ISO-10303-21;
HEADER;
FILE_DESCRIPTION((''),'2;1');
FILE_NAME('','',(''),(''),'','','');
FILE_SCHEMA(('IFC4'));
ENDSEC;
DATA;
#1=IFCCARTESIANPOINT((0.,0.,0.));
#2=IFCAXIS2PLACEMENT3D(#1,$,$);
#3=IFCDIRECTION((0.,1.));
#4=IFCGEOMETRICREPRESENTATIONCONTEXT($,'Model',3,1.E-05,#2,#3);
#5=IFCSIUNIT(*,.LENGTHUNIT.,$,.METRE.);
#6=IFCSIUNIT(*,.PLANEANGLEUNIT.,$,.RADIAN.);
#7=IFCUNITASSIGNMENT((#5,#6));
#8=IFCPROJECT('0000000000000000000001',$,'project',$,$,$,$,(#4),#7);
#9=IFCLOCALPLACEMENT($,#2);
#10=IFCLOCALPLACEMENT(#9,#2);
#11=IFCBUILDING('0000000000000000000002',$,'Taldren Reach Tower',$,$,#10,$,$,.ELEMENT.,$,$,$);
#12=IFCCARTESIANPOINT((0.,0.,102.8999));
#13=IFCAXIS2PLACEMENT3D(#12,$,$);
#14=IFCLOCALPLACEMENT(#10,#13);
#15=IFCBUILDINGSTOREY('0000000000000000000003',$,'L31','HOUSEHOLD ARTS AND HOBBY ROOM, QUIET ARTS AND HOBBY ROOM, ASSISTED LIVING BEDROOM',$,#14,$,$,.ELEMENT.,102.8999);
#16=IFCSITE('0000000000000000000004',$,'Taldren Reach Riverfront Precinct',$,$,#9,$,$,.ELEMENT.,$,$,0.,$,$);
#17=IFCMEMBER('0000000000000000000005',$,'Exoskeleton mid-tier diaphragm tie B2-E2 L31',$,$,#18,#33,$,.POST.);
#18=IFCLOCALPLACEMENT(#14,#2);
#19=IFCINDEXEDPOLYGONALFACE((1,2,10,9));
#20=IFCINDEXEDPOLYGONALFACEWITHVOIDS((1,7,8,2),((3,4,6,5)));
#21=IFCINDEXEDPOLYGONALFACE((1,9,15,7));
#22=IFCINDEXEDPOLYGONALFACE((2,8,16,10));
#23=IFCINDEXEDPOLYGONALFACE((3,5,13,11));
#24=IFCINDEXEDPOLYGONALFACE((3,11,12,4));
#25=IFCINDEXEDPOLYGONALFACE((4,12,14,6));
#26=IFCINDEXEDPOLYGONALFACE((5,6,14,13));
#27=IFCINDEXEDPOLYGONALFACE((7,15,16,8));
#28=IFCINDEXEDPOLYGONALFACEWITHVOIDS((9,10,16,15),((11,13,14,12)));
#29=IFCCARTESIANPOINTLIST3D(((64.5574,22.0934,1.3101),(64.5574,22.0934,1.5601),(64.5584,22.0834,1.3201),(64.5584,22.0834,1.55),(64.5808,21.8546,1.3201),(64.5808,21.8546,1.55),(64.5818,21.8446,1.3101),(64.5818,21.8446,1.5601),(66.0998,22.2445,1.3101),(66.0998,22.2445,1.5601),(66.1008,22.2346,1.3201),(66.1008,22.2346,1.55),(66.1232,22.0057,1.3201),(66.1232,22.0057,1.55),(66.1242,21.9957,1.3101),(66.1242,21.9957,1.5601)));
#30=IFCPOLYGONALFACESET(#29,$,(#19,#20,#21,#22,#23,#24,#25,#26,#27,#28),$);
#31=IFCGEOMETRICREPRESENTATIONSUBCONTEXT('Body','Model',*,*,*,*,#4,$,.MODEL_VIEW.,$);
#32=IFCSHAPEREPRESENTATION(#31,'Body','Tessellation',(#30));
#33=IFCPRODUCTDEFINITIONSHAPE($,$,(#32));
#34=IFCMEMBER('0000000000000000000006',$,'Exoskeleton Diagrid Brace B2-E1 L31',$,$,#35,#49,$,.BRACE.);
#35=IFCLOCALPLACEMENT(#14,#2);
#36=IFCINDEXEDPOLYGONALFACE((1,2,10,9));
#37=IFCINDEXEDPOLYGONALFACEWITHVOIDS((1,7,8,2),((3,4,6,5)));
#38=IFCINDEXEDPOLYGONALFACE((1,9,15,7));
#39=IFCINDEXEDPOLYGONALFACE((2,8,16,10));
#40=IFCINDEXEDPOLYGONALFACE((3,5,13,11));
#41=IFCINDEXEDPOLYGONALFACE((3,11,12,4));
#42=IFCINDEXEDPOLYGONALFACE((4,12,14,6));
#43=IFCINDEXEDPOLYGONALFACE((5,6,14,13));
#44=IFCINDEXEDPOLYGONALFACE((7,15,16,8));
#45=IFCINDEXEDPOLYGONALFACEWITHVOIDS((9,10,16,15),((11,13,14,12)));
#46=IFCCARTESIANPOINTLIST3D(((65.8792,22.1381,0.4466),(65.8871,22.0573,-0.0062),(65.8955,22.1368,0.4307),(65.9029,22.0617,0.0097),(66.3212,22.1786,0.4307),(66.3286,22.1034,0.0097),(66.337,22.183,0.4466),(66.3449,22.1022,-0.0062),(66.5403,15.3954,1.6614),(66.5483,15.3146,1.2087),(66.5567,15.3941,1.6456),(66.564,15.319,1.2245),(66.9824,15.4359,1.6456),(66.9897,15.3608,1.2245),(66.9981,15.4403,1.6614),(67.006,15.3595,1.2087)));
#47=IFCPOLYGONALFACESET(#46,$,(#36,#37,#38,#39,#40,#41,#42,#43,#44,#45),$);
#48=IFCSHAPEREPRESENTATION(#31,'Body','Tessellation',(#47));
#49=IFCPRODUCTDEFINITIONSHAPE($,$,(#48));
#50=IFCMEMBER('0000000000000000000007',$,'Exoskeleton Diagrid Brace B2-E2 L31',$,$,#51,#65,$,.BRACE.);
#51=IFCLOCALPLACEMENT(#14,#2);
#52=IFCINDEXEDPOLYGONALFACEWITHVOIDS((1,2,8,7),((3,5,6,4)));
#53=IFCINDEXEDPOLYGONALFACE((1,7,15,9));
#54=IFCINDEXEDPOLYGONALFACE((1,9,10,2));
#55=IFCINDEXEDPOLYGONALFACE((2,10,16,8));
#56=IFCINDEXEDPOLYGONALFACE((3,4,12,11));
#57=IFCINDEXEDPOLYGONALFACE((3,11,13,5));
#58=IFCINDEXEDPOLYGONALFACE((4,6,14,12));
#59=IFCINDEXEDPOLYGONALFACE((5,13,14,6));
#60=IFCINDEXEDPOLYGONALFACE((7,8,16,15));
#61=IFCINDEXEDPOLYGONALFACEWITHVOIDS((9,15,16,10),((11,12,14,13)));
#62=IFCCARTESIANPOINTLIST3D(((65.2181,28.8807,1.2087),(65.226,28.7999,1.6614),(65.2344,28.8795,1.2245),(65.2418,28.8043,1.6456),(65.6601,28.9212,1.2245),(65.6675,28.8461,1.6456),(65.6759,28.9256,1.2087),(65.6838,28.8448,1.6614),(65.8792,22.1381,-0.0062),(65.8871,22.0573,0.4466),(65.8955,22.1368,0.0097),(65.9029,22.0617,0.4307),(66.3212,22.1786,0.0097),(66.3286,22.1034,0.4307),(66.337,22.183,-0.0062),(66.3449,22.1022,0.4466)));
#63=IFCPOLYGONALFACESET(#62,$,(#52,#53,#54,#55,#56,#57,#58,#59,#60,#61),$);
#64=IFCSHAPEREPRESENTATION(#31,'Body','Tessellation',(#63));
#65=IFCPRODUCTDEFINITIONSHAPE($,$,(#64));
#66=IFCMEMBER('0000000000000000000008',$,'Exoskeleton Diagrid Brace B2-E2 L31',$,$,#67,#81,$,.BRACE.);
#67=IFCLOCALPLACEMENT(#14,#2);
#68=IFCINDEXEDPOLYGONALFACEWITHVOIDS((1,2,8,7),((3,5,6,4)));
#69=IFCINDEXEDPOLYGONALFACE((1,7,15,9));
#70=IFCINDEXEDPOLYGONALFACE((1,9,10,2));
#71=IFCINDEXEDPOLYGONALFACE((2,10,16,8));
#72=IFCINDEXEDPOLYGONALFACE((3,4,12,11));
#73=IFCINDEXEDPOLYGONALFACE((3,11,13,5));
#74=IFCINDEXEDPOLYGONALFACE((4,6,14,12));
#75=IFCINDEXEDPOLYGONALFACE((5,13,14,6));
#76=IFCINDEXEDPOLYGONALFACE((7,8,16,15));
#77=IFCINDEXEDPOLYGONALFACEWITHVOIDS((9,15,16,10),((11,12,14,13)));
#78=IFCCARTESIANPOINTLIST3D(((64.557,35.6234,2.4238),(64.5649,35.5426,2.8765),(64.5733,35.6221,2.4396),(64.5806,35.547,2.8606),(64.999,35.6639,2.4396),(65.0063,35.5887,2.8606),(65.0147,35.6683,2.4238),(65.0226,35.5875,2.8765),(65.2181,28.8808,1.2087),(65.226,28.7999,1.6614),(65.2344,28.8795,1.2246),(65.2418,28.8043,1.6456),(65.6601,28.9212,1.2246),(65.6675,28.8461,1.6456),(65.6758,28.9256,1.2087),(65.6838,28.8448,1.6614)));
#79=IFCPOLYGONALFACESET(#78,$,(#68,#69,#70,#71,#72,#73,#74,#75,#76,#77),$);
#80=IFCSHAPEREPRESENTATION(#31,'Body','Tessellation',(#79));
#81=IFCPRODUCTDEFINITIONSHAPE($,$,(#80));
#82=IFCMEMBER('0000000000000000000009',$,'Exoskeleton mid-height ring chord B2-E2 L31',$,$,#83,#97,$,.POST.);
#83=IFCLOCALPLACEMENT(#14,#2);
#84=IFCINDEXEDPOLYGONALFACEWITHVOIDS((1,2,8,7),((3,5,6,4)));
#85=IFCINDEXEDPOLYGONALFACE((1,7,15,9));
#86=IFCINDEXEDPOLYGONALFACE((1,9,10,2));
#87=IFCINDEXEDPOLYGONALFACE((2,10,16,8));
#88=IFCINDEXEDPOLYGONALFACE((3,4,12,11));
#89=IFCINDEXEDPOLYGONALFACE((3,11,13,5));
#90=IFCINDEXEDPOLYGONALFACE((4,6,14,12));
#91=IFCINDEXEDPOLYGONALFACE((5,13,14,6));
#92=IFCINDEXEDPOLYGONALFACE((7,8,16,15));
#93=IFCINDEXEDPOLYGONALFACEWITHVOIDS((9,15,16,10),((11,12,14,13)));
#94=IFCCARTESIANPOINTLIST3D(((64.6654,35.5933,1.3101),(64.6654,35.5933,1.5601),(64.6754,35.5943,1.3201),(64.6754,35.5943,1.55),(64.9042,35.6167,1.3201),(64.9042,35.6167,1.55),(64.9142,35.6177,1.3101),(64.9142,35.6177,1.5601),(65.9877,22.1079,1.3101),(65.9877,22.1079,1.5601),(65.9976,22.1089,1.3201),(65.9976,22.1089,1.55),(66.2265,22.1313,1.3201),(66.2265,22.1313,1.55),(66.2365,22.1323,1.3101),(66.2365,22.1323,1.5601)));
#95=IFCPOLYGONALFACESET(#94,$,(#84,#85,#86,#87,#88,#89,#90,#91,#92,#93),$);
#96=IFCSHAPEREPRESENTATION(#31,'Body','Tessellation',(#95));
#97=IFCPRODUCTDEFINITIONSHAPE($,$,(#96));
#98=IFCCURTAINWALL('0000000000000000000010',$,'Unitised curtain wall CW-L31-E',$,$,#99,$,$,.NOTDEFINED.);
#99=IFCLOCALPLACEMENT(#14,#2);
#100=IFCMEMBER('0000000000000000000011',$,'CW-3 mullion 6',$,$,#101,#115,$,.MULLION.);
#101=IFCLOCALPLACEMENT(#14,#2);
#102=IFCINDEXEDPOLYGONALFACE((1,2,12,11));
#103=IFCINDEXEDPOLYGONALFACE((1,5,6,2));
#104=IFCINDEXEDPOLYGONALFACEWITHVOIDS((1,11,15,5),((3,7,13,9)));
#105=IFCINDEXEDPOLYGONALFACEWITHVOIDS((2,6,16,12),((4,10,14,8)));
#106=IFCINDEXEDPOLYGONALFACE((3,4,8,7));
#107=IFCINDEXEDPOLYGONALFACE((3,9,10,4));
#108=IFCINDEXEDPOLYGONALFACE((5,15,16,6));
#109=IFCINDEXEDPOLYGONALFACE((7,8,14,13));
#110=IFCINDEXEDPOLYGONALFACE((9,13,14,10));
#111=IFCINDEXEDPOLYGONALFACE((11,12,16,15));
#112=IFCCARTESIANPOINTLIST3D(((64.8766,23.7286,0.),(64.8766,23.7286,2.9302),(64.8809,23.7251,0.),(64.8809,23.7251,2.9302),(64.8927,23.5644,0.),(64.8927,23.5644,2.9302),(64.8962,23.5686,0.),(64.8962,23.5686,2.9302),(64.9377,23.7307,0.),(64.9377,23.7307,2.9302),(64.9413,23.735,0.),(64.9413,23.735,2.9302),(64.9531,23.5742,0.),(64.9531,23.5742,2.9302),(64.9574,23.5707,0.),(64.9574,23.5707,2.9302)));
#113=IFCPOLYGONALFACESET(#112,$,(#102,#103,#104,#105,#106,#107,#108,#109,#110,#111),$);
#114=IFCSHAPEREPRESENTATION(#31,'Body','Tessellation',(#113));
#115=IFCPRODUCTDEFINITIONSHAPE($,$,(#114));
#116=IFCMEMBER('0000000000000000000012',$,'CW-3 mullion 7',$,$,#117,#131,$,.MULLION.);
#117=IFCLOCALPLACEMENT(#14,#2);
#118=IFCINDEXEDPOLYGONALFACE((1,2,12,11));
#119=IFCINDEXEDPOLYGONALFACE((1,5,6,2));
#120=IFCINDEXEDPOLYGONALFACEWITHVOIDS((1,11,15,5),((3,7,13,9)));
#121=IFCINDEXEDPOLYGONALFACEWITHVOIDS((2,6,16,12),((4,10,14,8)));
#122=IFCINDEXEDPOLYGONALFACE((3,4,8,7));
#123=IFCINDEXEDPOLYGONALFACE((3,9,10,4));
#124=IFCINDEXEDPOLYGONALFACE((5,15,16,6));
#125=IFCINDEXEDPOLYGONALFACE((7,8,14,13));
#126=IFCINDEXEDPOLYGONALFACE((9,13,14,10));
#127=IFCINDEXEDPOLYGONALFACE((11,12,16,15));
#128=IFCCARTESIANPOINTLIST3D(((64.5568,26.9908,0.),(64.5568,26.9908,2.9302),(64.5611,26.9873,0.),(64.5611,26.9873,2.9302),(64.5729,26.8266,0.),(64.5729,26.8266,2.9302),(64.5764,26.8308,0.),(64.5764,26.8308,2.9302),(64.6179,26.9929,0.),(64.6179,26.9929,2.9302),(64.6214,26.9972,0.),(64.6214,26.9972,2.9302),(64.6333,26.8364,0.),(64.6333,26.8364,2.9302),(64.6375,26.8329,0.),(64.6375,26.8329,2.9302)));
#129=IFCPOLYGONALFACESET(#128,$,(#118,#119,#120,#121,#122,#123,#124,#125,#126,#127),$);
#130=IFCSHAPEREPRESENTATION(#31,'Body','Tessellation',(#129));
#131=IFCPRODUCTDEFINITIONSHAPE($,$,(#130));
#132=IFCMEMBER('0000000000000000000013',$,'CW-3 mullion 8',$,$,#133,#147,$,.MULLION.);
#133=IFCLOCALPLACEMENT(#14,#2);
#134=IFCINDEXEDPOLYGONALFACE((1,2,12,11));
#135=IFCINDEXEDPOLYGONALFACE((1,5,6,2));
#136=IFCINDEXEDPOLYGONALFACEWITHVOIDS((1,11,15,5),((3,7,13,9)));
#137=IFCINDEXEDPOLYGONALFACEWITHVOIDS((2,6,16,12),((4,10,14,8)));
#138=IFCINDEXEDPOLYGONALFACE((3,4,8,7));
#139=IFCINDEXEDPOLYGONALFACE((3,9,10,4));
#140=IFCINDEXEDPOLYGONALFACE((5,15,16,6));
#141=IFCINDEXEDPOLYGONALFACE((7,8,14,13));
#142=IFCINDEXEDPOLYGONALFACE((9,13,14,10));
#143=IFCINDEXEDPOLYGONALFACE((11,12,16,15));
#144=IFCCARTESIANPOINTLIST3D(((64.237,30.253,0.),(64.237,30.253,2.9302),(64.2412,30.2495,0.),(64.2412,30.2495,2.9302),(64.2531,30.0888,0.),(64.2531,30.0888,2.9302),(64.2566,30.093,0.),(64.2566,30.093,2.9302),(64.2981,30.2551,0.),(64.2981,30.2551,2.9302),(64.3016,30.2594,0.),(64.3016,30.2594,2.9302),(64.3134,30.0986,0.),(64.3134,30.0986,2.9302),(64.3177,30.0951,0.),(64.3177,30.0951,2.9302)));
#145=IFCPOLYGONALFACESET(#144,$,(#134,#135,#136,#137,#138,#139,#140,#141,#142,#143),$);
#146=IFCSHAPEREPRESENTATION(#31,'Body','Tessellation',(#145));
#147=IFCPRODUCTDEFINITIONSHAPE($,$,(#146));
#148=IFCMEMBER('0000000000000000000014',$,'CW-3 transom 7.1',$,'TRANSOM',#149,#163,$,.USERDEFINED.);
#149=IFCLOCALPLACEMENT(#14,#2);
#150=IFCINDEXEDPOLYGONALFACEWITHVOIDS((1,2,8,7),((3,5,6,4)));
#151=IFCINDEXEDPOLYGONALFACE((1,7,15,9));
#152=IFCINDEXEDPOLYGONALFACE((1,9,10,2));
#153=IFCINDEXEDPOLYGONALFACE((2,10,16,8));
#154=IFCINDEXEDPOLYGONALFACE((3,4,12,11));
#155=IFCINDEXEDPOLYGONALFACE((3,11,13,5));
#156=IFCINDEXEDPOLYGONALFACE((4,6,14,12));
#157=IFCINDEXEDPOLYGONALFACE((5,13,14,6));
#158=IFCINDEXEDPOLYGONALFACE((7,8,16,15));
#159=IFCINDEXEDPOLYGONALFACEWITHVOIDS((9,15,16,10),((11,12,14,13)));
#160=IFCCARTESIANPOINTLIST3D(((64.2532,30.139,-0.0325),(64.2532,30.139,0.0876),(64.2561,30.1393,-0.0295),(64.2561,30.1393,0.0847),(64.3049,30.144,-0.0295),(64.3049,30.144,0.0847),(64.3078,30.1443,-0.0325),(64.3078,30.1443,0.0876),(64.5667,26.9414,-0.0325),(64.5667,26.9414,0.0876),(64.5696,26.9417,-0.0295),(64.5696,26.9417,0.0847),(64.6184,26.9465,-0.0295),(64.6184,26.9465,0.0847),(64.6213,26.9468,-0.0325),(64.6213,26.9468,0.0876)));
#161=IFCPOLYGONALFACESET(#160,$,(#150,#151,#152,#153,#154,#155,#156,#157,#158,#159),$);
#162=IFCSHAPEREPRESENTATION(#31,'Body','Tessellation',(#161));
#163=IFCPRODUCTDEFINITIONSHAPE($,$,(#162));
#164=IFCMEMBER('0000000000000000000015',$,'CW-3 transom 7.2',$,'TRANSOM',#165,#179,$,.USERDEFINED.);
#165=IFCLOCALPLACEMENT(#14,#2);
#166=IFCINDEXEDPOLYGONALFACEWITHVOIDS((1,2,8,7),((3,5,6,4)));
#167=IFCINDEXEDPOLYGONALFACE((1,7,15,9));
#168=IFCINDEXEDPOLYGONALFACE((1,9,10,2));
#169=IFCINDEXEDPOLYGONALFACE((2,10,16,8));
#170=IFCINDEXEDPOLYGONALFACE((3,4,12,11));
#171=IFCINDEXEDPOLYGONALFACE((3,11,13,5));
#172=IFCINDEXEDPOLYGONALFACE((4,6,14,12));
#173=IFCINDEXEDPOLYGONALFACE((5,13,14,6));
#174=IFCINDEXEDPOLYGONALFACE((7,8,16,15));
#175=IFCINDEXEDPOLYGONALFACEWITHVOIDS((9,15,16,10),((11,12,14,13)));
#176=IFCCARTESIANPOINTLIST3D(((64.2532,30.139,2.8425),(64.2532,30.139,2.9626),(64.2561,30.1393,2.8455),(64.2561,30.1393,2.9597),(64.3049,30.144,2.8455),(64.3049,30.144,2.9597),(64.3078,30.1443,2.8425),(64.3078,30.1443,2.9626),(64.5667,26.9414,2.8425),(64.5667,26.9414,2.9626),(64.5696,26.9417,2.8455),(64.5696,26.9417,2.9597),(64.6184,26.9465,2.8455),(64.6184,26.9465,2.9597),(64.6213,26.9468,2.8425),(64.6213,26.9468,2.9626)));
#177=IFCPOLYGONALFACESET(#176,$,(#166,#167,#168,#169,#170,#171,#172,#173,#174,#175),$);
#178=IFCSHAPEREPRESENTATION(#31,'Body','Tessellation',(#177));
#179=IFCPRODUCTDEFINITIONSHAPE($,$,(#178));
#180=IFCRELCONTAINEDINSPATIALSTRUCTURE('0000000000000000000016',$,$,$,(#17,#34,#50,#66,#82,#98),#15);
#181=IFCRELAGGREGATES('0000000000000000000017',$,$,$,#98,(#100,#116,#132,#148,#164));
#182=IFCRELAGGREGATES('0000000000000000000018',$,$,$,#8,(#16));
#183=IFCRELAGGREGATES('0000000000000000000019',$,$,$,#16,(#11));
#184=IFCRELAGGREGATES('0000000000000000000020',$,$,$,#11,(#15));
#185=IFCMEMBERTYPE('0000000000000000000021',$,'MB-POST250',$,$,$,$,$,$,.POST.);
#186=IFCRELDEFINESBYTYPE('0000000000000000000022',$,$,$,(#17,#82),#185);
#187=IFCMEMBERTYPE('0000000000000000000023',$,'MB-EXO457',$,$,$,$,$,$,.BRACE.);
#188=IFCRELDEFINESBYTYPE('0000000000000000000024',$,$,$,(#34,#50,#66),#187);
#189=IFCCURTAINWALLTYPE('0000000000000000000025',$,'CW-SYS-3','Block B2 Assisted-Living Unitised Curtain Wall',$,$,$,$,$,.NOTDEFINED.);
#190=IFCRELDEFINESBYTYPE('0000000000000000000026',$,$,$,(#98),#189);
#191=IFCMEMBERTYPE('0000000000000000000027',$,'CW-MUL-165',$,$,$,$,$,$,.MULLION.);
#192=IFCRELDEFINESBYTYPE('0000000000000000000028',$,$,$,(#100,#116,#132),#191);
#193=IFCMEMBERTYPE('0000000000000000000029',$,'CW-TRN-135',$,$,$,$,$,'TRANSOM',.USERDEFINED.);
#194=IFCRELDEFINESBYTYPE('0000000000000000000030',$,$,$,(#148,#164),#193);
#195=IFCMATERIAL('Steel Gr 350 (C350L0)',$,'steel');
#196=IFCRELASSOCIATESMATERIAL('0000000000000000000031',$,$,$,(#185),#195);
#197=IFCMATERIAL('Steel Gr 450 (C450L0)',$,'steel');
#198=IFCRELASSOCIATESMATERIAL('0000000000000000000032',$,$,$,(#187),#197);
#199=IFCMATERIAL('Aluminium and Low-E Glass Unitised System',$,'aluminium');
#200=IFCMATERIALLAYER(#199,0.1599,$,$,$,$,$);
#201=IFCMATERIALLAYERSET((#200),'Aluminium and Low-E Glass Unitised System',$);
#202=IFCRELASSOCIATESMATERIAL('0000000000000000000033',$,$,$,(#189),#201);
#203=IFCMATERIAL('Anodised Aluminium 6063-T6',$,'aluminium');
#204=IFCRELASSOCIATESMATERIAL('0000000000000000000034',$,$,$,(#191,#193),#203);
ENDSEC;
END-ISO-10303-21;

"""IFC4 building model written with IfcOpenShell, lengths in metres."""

from ifc_helpers import new_model, si_unit, direction, frame, origin, origin_2d, place, context, subcontext, project, spatial, hollow_rectangle, extrude, source, transform, mapped, material, layer, layer_set, material_profile, profile_set, type_object, element, aggregate, save


model = new_model("IFC4")

# Units and contexts
model_context = context("Model", 3, precision=1e-05, world=origin(), true_north=direction((0.0, 1.0)))
body_context = subcontext(model_context, "Body", "Model", "MODEL_VIEW")
ifc_project = project(units=[si_unit("LENGTHUNIT", "METRE"), si_unit("PLANEANGLEUNIT", "RADIAN")], contexts=[model_context])

# Site, building, storey
site_placement = place(None, origin())
site = spatial("IfcSite", under=ifc_project, at=site_placement, Name="Taldren Reach Riverfront Precinct", CompositionType="ELEMENT", RefElevation=0.0)
building_placement = place(site_placement, origin())
building = spatial("IfcBuilding", under=site, at=building_placement, Name="Taldren Reach Tower", CompositionType="ELEMENT")
storey_placement = place(building_placement, frame((0.0, 0.0, 102.8999)))
storey = spatial("IfcBuildingStorey", under=building, at=storey_placement, Name="L31", Description="HOUSEHOLD ARTS AND HOBBY ROOM, QUIET ARTS AND HOBBY ROOM, ASSISTED LIVING BEDROOM", CompositionType="ELEMENT", Elevation=102.8999)

# Members
ifc_material_1 = material(Name="Steel Gr 350 (C350L0)", Category="steel")
ifc_material_profile_1 = material_profile(ifc_material_1, hollow_rectangle(XDim=0.25, YDim=0.25, WallThickness=0.01, at=origin_2d()), Name="250x250x10.0SHS")
ifc_profile_set_1 = profile_set([ifc_material_profile_1], Name="Steel Gr 350 (C350L0)")
member_type_1 = type_object("IfcMemberType", Name="MB-POST250", PredefinedType="POST", material=ifc_profile_set_1)
shared_shape_1 = source(origin(), body_context, "Body", "SweptSolid", [
    extrude(hollow_rectangle(XDim=0.25, YDim=0.25, WallThickness=0.01, at=origin_2d()), origin(), (0.0, 0.0, 1.0), 1.5498),
])
member_1_placement = place(storey_placement, frame((64.5696, 21.969, 1.4351), z_axis=(0.995235, 0.097507, 0.0), x_axis=(-0.097507, 0.995235, 0.0)))
element("IfcMember", 1, at=member_1_placement, inside=storey, type_object=member_type_1, Name="Exoskeleton mid-tier diaphragm tie B2-E2 L31", PredefinedType="POST", context=body_context, shape_type="MappedRepresentation", body=[
    mapped(shared_shape_1, transform((0.0, 0.0, 0.0), scale=1.0)),
])
ifc_material_2 = material(Name="Steel Gr 450 (C450L0)", Category="steel")
ifc_material_profile_2 = material_profile(ifc_material_2, hollow_rectangle(XDim=0.46, YDim=0.46, WallThickness=0.0161, at=origin_2d()), Name="460x460x16.0SHS")
ifc_profile_set_2 = profile_set([ifc_material_profile_2], Name="Steel Gr 450 (C450L0)")
member_type_2 = type_object("IfcMemberType", Name="MB-EXO457", PredefinedType="BRACE", material=ifc_profile_set_2)
shared_shape_2 = source(origin(), body_context, "Body", "SweptSolid", [
    extrude(hollow_rectangle(XDim=0.46, YDim=0.46, WallThickness=0.0161, at=origin_2d()), origin(), (0.0, 0.0, 1.0), 6.8831),
])
for number, where, z_axis, x_axis, name in (
    (2, (66.1121, 22.1201, 0.2202), (0.096052, -0.979603, 0.176497), (0.995227, 0.097584, 0.0), "Exoskeleton Diagrid Brace B2-E1 L31"),
    (3, (66.1121, 22.1201, 0.2202), (-0.096052, 0.979603, 0.176497), (-0.995227, -0.097584, 0.0), "Exoskeleton Diagrid Brace B2-E2 L31"),
    (4, (65.4509, 28.8628, 1.4351), (-0.096051, 0.979597, 0.176532), (-0.995227, -0.097584, 0.0), "Exoskeleton Diagrid Brace B2-E2 L31"),
):
    element("IfcMember", number, at=place(storey_placement, frame(where, z_axis=z_axis, x_axis=x_axis)), inside=storey, type_object=member_type_2, Name=name, PredefinedType="BRACE", context=body_context, shape_type="MappedRepresentation", body=[
        mapped(shared_shape_2, transform((0.0, 0.0, 0.0), scale=1.0)),
    ])
shared_shape_3 = source(origin(), body_context, "Body", "SweptSolid", [
    extrude(hollow_rectangle(XDim=0.25, YDim=0.25, WallThickness=0.01, at=origin_2d()), origin(), (0.0, 0.0, 1.0), 13.55),
])
member_2_placement = place(storey_placement, frame((66.1121, 22.1201, 1.4351), z_axis=(-0.097584, 0.995227, 0.0), x_axis=(-0.995227, -0.097584, 0.0)))
element("IfcMember", 5, at=member_2_placement, inside=storey, type_object=member_type_1, Name="Exoskeleton mid-height ring chord B2-E2 L31", PredefinedType="POST", context=body_context, shape_type="MappedRepresentation", body=[
    mapped(shared_shape_3, transform((0.0, 0.0, 0.0), scale=1.0)),
])

# Curtain wall, members
ifc_material_3 = material(Name="Aluminium and Low-E Glass Unitised System", Category="aluminium")
ifc_layer_1 = layer(ifc_material_3, 0.1599)
ifc_layer_set_1 = layer_set([ifc_layer_1], Name="Aluminium and Low-E Glass Unitised System")
curtain_wall_type = type_object("IfcCurtainWallType", Name="CW-SYS-3", Description="Block B2 Assisted-Living Unitised Curtain Wall", PredefinedType="NOTDEFINED", material=ifc_layer_set_1)
curtain_wall_placement = place(storey_placement, origin())
curtain_wall = element("IfcCurtainWall", 6, at=curtain_wall_placement, inside=storey, type_object=curtain_wall_type, Name="Unitised curtain wall CW-L31-E", PredefinedType="NOTDEFINED")
ifc_material_4 = material(Name="Anodised Aluminium 6063-T6", Category="aluminium")
ifc_material_profile_3 = material_profile(ifc_material_4, hollow_rectangle(XDim=0.0649, YDim=0.165, WallThickness=0.0039, at=origin_2d()), Name="ALU-165x65x4RHS")
ifc_profile_set_3 = profile_set([ifc_material_profile_3], Name="Anodised Aluminium 6063-T6")
member_type_3 = type_object("IfcMemberType", Name="CW-MUL-165", PredefinedType="MULLION", material=ifc_profile_set_3)
shared_shape_4 = source(origin(), body_context, "Body", "SweptSolid", [
    extrude(hollow_rectangle(XDim=0.0649, YDim=0.165, WallThickness=0.0039, at=origin_2d()), origin(), (0.0, 0.0, 1.0), 2.9302),
])
member_3_placement = place(storey_placement, frame((64.917, 23.6497, 0.0), z_axis=(0.0, 0.0, 1.0), x_axis=(-0.995227, -0.097583, 0.0)))
member_3 = element("IfcMember", 7, at=member_3_placement, type_object=member_type_3, Name="CW-3 mullion 6", PredefinedType="MULLION", context=body_context, shape_type="MappedRepresentation", body=[
    mapped(shared_shape_4, transform((0.0, 0.0, 0.0), scale=1.0)),
])
member_4_placement = place(storey_placement, frame((64.5972, 26.9119, 0.0), z_axis=(0.0, 0.0, 1.0), x_axis=(-0.995227, -0.097583, 0.0)))
member_4 = element("IfcMember", 8, at=member_4_placement, type_object=member_type_3, Name="CW-3 mullion 7", PredefinedType="MULLION", context=body_context, shape_type="MappedRepresentation", body=[
    mapped(shared_shape_4, transform((0.0, 0.0, 0.0), scale=1.0)),
])
member_5_placement = place(storey_placement, frame((64.2773, 30.1741, 0.0), z_axis=(0.0, 0.0, 1.0), x_axis=(-0.995227, -0.097583, 0.0)))
member_5 = element("IfcMember", 9, at=member_5_placement, type_object=member_type_3, Name="CW-3 mullion 8", PredefinedType="MULLION", context=body_context, shape_type="MappedRepresentation", body=[
    mapped(shared_shape_4, transform((0.0, 0.0, 0.0), scale=1.0)),
])
ifc_material_profile_4 = material_profile(ifc_material_4, hollow_rectangle(XDim=0.0549, YDim=0.1201, WallThickness=0.0029, at=origin_2d()), Name="ALU-120x55x3RHS")
ifc_profile_set_4 = profile_set([ifc_material_profile_4], Name="Anodised Aluminium 6063-T6")
member_type_4 = type_object("IfcMemberType", Name="CW-TRN-135", ElementType="TRANSOM", PredefinedType="USERDEFINED", material=ifc_profile_set_4)
shared_shape_5 = source(origin(), body_context, "Body", "SweptSolid", [
    extrude(hollow_rectangle(XDim=0.0549, YDim=0.1201, WallThickness=0.0029, at=origin_2d()), origin(), (0.0, 0.0, 1.0), 3.2129),
])
member_6_placement = place(storey_placement, frame((64.594, 26.9441, 0.0276), z_axis=(-0.09757, 0.995229, 0.0), x_axis=(-0.995229, -0.09757, 0.0)))
member_6 = element("IfcMember", 10, at=member_6_placement, type_object=member_type_4, Name="CW-3 transom 7.1", ObjectType="TRANSOM", PredefinedType="USERDEFINED", context=body_context, shape_type="MappedRepresentation", body=[
    mapped(shared_shape_5, transform((0.0, 0.0, 0.0), scale=1.0)),
])
member_7_placement = place(storey_placement, frame((64.594, 26.9441, 2.9026), z_axis=(-0.09757, 0.995229, 0.0), x_axis=(-0.995229, -0.09757, 0.0)))
member_7 = element("IfcMember", 11, at=member_7_placement, type_object=member_type_4, Name="CW-3 transom 7.2", ObjectType="TRANSOM", PredefinedType="USERDEFINED", context=body_context, shape_type="MappedRepresentation", body=[
    mapped(shared_shape_5, transform((0.0, 0.0, 0.0), scale=1.0)),
])

aggregate(curtain_wall, [member_3, member_4, member_5, member_6, member_7])

save(model, "model.ifc")
